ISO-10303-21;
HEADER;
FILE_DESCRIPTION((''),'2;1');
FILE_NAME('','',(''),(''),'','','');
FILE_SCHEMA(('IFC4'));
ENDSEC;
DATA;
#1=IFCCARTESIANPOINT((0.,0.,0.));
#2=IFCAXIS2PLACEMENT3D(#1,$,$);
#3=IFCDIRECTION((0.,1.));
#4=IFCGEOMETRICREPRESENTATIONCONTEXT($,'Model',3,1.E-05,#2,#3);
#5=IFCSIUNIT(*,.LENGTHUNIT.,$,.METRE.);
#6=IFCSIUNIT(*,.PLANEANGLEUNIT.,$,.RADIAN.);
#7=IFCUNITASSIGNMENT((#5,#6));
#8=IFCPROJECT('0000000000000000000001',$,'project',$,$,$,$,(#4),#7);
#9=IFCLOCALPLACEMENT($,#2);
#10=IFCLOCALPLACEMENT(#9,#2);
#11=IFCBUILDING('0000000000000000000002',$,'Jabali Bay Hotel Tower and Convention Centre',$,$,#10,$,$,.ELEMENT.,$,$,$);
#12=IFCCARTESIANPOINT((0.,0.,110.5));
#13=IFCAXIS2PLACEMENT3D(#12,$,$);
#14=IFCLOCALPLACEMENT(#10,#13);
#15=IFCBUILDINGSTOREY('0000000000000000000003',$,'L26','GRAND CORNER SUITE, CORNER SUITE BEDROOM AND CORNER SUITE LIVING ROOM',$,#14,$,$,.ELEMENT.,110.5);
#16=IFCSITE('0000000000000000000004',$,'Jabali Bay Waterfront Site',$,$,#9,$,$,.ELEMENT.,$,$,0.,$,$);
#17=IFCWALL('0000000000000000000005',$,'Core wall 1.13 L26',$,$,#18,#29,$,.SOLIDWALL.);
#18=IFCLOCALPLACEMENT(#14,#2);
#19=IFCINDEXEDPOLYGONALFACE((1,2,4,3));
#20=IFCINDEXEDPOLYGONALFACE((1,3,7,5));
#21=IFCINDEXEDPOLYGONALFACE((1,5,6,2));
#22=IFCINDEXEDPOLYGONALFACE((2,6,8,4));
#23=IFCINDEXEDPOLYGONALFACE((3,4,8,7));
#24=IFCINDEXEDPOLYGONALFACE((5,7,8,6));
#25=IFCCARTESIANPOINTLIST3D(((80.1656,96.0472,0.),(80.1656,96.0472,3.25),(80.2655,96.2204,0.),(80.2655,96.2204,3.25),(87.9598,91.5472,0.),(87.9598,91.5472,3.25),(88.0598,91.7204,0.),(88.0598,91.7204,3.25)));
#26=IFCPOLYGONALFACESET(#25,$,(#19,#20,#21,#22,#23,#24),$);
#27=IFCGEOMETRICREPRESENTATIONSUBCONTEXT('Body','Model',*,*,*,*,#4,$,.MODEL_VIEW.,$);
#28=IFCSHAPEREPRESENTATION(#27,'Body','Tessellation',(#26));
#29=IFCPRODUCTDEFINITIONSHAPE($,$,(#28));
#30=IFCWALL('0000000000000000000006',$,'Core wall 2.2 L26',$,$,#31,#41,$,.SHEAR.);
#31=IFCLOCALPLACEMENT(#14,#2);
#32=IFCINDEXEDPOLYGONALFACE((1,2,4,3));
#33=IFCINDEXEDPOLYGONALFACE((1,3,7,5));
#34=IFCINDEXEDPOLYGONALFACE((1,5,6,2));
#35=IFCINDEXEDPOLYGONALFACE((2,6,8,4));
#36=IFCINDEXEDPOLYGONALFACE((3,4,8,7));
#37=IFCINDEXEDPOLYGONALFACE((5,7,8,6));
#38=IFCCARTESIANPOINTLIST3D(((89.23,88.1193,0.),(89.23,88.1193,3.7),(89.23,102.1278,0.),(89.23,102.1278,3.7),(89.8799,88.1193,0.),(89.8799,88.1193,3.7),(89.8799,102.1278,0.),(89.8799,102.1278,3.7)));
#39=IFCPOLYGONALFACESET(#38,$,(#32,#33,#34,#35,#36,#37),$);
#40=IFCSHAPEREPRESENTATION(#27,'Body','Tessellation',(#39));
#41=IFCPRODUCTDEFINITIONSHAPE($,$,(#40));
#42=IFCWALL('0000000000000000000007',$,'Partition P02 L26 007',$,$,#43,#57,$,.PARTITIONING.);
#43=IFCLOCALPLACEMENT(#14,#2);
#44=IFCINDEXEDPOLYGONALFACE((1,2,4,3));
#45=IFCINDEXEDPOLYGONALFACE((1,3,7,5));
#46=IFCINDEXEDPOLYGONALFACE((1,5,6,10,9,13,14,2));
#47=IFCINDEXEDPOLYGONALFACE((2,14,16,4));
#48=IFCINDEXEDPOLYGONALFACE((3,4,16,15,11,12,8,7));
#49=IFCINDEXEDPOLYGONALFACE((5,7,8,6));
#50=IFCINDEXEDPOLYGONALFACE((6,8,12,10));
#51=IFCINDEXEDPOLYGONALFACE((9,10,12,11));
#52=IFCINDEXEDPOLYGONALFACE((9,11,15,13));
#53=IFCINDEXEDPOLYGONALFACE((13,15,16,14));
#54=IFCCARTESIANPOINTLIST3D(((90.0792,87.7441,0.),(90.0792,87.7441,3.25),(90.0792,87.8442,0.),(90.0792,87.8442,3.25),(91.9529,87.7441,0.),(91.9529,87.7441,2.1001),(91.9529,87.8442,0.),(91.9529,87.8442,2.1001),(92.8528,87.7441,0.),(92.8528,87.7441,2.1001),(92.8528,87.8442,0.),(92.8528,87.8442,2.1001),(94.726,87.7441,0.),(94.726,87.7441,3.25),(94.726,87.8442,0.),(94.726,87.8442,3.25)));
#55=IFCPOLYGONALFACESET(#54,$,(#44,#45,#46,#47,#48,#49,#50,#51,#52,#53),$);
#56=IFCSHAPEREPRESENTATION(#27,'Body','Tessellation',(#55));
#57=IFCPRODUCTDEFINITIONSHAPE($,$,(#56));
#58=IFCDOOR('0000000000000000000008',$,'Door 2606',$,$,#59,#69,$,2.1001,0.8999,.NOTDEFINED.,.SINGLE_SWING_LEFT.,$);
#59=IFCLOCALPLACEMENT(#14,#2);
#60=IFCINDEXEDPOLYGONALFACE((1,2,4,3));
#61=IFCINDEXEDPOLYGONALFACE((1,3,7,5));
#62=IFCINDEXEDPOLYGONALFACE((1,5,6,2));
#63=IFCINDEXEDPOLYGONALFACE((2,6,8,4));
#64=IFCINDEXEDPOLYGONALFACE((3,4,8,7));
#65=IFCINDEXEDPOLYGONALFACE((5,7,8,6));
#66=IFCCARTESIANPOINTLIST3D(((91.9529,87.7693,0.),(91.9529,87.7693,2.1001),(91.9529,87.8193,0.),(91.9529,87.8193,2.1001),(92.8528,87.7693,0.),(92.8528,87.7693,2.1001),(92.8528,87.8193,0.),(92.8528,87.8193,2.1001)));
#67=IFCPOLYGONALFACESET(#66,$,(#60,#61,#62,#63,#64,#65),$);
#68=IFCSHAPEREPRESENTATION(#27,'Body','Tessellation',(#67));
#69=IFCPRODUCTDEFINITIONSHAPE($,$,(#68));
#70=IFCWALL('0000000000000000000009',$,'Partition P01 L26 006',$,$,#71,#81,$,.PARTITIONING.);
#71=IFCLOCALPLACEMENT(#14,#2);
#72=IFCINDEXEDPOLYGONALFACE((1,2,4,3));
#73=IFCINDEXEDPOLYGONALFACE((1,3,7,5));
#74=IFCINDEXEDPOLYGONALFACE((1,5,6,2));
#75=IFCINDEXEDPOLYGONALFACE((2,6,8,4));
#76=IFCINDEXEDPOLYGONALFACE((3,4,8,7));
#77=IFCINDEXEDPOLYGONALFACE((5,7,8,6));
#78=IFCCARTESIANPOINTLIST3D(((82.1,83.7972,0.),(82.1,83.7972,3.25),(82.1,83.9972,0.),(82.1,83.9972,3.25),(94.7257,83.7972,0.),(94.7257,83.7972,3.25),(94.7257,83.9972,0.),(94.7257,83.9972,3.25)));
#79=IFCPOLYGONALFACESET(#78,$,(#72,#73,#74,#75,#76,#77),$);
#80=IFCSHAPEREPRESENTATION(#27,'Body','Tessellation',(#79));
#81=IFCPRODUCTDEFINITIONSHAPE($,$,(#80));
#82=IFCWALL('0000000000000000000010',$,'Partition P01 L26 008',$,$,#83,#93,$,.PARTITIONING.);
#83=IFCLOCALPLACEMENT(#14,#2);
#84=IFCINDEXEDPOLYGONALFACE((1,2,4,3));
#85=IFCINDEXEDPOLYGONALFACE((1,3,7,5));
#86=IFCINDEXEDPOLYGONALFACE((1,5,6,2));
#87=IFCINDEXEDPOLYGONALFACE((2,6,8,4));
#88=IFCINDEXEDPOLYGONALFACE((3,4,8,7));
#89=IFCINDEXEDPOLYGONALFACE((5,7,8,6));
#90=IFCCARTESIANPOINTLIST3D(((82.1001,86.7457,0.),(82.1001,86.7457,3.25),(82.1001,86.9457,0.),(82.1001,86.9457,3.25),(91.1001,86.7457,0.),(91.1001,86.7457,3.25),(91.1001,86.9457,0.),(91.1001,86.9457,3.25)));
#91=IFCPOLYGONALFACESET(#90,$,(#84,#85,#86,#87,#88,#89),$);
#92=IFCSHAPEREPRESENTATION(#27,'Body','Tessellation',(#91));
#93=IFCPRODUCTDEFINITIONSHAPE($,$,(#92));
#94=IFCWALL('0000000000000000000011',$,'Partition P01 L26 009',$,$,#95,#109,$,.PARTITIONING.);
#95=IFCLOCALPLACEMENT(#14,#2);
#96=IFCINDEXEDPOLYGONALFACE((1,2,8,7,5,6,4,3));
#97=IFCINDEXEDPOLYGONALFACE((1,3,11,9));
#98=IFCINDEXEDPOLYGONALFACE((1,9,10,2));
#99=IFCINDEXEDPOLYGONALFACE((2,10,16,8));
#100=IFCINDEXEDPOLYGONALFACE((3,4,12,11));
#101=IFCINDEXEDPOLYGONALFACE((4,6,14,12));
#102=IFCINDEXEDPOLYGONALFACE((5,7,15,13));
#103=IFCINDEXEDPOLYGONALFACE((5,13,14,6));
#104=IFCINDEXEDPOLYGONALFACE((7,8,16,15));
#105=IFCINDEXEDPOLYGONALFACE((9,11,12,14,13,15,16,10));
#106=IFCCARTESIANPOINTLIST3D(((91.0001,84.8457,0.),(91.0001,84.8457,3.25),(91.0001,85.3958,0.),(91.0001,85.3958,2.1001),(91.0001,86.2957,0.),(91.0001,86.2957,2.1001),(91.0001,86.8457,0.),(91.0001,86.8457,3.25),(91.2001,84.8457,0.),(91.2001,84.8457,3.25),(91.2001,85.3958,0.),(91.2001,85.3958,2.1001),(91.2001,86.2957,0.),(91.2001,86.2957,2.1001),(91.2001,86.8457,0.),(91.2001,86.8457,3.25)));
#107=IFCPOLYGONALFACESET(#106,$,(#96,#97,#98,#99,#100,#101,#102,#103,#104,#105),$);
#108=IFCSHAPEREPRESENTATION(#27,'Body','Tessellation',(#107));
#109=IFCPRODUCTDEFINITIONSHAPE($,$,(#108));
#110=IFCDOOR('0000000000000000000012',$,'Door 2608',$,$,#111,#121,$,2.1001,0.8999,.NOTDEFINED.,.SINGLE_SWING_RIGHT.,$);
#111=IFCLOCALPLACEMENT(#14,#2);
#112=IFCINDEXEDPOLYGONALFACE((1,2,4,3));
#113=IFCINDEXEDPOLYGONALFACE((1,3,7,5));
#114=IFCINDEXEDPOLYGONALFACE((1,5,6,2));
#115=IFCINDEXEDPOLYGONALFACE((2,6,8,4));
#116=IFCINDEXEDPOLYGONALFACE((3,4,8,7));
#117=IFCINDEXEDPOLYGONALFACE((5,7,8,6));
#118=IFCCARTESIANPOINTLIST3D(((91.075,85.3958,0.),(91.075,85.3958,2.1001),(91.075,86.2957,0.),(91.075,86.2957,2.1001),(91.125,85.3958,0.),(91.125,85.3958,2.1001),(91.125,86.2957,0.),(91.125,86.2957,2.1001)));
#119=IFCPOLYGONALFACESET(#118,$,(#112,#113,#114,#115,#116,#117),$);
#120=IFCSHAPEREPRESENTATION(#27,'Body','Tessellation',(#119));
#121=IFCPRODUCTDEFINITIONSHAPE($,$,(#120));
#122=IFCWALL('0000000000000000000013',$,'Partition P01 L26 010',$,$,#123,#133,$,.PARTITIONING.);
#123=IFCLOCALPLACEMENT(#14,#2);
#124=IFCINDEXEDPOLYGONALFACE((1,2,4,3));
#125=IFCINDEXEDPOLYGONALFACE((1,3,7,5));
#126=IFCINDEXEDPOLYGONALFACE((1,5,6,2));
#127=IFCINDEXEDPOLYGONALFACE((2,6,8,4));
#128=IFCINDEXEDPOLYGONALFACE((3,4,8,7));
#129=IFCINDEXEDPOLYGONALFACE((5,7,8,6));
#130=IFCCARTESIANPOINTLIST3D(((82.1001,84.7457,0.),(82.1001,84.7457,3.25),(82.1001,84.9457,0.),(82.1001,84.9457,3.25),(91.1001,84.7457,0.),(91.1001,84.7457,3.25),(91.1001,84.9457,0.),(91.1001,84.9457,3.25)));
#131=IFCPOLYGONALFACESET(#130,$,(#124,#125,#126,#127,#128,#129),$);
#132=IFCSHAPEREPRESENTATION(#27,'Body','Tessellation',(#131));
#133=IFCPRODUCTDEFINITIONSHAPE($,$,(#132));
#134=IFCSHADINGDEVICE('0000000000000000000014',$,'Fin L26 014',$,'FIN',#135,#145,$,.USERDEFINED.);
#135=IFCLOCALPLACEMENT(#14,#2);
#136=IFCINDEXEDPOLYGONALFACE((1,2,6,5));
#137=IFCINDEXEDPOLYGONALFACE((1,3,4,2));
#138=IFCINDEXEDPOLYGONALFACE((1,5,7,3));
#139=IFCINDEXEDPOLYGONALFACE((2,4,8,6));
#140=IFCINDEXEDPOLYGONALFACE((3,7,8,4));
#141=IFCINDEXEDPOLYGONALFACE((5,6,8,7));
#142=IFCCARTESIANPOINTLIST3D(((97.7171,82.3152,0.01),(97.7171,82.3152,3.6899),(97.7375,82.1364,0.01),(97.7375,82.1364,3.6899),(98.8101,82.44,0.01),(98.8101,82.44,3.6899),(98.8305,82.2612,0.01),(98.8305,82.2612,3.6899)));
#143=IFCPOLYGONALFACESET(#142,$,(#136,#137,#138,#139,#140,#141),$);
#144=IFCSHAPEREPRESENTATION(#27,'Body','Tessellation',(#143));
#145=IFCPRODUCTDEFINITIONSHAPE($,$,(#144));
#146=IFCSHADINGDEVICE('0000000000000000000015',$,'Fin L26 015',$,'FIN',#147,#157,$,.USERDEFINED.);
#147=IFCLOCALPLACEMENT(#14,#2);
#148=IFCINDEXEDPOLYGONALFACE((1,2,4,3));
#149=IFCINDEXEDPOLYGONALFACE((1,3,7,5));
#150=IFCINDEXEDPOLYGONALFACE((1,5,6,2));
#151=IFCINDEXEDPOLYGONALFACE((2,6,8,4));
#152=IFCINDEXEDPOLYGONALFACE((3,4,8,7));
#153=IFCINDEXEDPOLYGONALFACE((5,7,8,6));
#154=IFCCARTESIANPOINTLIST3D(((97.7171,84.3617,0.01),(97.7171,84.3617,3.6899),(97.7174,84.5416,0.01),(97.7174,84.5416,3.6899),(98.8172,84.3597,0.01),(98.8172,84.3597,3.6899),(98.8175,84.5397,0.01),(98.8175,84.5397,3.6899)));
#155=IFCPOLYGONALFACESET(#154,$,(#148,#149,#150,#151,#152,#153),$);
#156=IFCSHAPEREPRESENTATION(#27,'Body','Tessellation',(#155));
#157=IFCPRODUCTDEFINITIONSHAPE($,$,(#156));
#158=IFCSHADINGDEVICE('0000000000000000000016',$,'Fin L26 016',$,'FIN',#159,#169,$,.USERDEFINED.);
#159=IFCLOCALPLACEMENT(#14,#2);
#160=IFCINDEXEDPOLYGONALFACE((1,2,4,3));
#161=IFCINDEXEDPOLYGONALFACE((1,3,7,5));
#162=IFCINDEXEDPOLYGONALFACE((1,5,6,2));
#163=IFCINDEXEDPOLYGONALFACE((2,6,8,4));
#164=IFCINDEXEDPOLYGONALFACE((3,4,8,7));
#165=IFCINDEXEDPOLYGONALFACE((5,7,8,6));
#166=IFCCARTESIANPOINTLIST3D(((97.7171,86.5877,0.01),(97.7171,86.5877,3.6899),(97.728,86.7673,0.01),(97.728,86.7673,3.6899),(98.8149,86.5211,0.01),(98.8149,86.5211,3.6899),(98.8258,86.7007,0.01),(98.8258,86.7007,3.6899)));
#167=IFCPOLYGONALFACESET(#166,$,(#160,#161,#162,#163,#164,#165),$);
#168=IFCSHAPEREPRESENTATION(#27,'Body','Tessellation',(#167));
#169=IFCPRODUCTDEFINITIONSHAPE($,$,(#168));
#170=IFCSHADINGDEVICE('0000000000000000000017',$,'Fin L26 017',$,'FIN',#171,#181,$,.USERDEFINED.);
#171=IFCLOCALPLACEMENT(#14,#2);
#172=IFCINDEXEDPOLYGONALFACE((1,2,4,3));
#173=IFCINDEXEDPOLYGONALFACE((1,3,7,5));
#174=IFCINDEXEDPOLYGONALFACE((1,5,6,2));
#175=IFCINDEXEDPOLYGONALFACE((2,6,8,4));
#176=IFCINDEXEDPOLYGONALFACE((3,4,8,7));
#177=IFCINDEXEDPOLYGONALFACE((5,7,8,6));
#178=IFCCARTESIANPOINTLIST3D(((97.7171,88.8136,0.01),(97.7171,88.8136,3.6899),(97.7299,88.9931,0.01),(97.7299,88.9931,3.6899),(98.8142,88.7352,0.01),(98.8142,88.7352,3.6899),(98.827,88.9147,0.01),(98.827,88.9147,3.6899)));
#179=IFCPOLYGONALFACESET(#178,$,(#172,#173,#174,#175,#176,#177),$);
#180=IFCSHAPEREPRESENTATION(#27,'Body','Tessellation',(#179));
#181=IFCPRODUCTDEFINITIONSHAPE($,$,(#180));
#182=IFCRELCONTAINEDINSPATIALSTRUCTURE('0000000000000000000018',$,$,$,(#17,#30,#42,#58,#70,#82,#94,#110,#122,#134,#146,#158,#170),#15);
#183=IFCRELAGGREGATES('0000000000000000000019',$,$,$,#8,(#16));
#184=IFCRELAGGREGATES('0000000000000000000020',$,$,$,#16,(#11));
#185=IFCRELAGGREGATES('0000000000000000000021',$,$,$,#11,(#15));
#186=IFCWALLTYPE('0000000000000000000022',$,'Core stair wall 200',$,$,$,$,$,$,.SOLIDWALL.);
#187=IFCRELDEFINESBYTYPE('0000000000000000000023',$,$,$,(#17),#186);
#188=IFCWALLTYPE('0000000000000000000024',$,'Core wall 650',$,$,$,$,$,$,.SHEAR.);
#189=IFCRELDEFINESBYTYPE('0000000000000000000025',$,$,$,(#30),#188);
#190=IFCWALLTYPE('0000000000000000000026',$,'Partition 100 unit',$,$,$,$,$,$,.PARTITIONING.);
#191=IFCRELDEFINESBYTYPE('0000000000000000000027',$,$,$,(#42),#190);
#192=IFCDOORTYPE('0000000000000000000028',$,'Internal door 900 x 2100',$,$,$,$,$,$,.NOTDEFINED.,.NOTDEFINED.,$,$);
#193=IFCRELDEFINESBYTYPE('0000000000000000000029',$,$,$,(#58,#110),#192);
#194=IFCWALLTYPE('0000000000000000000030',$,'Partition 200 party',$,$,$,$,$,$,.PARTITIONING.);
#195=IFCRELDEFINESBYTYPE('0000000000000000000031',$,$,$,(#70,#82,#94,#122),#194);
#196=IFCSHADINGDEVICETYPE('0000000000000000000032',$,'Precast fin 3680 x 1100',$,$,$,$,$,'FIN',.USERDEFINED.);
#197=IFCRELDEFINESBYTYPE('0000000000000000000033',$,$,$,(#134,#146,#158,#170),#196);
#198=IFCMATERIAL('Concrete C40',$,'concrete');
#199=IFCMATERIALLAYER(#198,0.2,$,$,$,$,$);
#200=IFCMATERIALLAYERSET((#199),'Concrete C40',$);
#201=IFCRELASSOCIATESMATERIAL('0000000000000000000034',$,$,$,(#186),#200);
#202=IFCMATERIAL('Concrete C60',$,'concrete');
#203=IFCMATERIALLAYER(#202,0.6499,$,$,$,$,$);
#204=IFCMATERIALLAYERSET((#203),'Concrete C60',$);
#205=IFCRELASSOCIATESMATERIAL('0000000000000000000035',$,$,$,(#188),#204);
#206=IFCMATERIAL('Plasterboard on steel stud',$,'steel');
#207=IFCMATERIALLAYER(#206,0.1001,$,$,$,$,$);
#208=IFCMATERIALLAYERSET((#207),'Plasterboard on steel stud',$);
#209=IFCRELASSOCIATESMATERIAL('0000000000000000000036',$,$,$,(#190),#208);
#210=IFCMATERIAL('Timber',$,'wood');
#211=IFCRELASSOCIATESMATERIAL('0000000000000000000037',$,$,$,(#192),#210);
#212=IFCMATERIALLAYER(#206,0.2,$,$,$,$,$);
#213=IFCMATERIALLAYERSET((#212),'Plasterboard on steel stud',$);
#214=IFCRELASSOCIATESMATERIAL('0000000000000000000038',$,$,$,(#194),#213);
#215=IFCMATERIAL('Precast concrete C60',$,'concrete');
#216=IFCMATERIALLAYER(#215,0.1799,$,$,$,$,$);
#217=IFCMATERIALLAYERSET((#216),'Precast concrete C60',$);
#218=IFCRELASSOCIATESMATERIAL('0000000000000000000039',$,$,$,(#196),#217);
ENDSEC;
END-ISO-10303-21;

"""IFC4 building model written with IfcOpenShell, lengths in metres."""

from ifc_helpers import new_model, si_unit, direction, frame, frame_2d, origin, place, context, subcontext, project, spatial, rectangle, extrude, material, layer, layer_set, type_object, element, fill, save


model = new_model("IFC4")

# Units and contexts
model_context = context("Model", 3, precision=1e-05, world=origin(), true_north=direction((0.0, 1.0)))
body_context = subcontext(model_context, "Body", "Model", "MODEL_VIEW")
ifc_project = project(units=[si_unit("LENGTHUNIT", "METRE"), si_unit("PLANEANGLEUNIT", "RADIAN")], contexts=[model_context])

# Site, building, storey
site_placement = place(None, origin())
site = spatial("IfcSite", under=ifc_project, at=site_placement, Name="Jabali Bay Waterfront Site", CompositionType="ELEMENT", RefElevation=0.0)
building_placement = place(site_placement, origin())
building = spatial("IfcBuilding", under=site, at=building_placement, Name="Jabali Bay Hotel Tower and Convention Centre", CompositionType="ELEMENT")
storey_placement = place(building_placement, frame((0.0, 0.0, 110.5)))
storey = spatial("IfcBuildingStorey", under=building, at=storey_placement, Name="L26", Description="GRAND CORNER SUITE, CORNER SUITE BEDROOM AND CORNER SUITE LIVING ROOM", CompositionType="ELEMENT", Elevation=110.5)

# Shared definitions
ifc_material_1 = material(Name="Concrete C60", Category="concrete")

# Shared definitions
ifc_material_2 = material(Name="Concrete C40", Category="concrete")

# Shared definitions
ifc_layer_1 = layer(ifc_material_2, 0.2)
ifc_layer_set_1 = layer_set([ifc_layer_1], Name="Concrete C40")
wall_type_1 = type_object("IfcWallType", Name="Core stair wall 200", PredefinedType="SOLIDWALL", material=ifc_layer_set_1)

# Walls
wall_1_placement = place(storey_placement, frame((88.0098, 91.6338, 0.0), z_axis=(0.0, 0.0, 1.0), x_axis=(-0.866024, 0.500002, 0.0)))
element("IfcWall", 1, at=wall_1_placement, inside=storey, type_object=wall_type_1, Name="Core wall 1.13 L26", PredefinedType="SOLIDWALL", context=body_context, shape_type="SweptSolid", body=[
    extrude(rectangle(XDim=9.0, YDim=0.2, at=frame_2d((4.5, 0.0))), origin(), (0.0, 0.0, 1.0), 3.25),
])
ifc_layer_2 = layer(ifc_material_1, 0.6499)
ifc_layer_set_2 = layer_set([ifc_layer_2], Name="Concrete C60")
wall_type_2 = type_object("IfcWallType", Name="Core wall 650", PredefinedType="SHEAR", material=ifc_layer_set_2)
wall_2_placement = place(storey_placement, frame((89.5549, 88.1191, 0.0), z_axis=(0.0, 0.0, 1.0), x_axis=(0.0, 1.0, 0.0)))
element("IfcWall", 2, at=wall_2_placement, inside=storey, type_object=wall_type_2, Name="Core wall 2.2 L26", PredefinedType="SHEAR", context=body_context, shape_type="SweptSolid", body=[
    extrude(rectangle(XDim=14.0085, YDim=0.6499, at=frame_2d((7.0044, 0.0))), origin(), (0.0, 0.0, 1.0), 3.7),
])

# Wall, opening, door
ifc_material_3 = material(Name="Plasterboard on steel stud", Category="steel")
ifc_layer_3 = layer(ifc_material_3, 0.1001)
ifc_layer_set_3 = layer_set([ifc_layer_3], Name="Plasterboard on steel stud")
wall_type_3 = type_object("IfcWallType", Name="Partition 100 unit", PredefinedType="PARTITIONING", material=ifc_layer_set_3)
wall_3_placement = place(storey_placement, frame((94.7258, 87.7942, 0.0), z_axis=(0.0, 0.0, 1.0), x_axis=(-1.0, 0.0, 0.0)))
wall_3 = element("IfcWall", 3, at=wall_3_placement, inside=storey, type_object=wall_type_3, Name="Partition P02 L26 007", PredefinedType="PARTITIONING", context=body_context, shape_type="SweptSolid", body=[
    extrude(rectangle(XDim=4.6467, YDim=0.1001, at=frame_2d((2.3232, 0.0))), origin(), (0.0, 0.0, 1.0), 3.25),
])
opening_1_placement = place(wall_3_placement, frame((1.873, 0.0, 0.0)))
opening_1 = element("IfcOpeningElement", 4, at=opening_1_placement, cuts=wall_3, PredefinedType="OPENING", context=body_context, shape_type="SweptSolid", body=[
    extrude(rectangle(XDim=0.8999, YDim=2.1001, at=frame_2d((0.45, 1.05))), frame((0.0, 0.0605, 0.0), z_axis=(0.0, -1.0, 0.0), x_axis=(1.0, 0.0, 0.0)), (0.0, 0.0, 1.0), 0.1211),
])
ifc_material_4 = material(Name="Timber", Category="wood")
door_type_1 = type_object("IfcDoorType", Name="Internal door 900 x 2100", OperationType="NOTDEFINED", PredefinedType="NOTDEFINED", material=ifc_material_4)
door_1_placement = place(opening_1_placement, origin())
door_1 = element("IfcDoor", 5, at=door_1_placement, inside=storey, type_object=door_type_1, Name="Door 2606", OperationType="SINGLE_SWING_LEFT", OverallHeight=2.1001, OverallWidth=0.8999, PredefinedType="NOTDEFINED", context=body_context, shape_type="SweptSolid", body=[
    extrude(rectangle(XDim=0.8999, YDim=2.1001, at=frame_2d((0.45, 1.05))), frame((0.0, 0.0249, 0.0), z_axis=(0.0, -1.0, 0.0), x_axis=(1.0, 0.0, 0.0)), (0.0, 0.0, 1.0), 0.05),
])
fill(opening_1, door_1)

# Walls
ifc_layer_4 = layer(ifc_material_3, 0.2)
ifc_layer_set_4 = layer_set([ifc_layer_4], Name="Plasterboard on steel stud")
wall_type_4 = type_object("IfcWallType", Name="Partition 200 party", PredefinedType="PARTITIONING", material=ifc_layer_set_4)
wall_4_placement = place(storey_placement, frame((94.7258, 83.8972, 0.0), z_axis=(0.0, 0.0, 1.0), x_axis=(-1.0, 0.0, 0.0)))
element("IfcWall", 6, at=wall_4_placement, inside=storey, type_object=wall_type_4, Name="Partition P01 L26 006", PredefinedType="PARTITIONING", context=body_context, shape_type="SweptSolid", body=[
    extrude(rectangle(XDim=12.6257, YDim=0.2, at=frame_2d((6.313, 0.0))), origin(), (0.0, 0.0, 1.0), 3.25),
])
wall_5_placement = place(storey_placement, frame((82.1001, 86.8457, 0.0), z_axis=(0.0, 0.0, 1.0), x_axis=(1.0, 0.0, 0.0)))
element("IfcWall", 7, at=wall_5_placement, inside=storey, type_object=wall_type_4, Name="Partition P01 L26 008", PredefinedType="PARTITIONING", context=body_context, shape_type="SweptSolid", body=[
    extrude(rectangle(XDim=9.0, YDim=0.2, at=frame_2d((4.5, 0.0))), origin(), (0.0, 0.0, 1.0), 3.25),
])

# Wall, opening, door
wall_6_placement = place(storey_placement, frame((91.1001, 86.8457, 0.0), z_axis=(0.0, 0.0, 1.0), x_axis=(0.0, -1.0, 0.0)))
wall_6 = element("IfcWall", 8, at=wall_6_placement, inside=storey, type_object=wall_type_4, Name="Partition P01 L26 009", PredefinedType="PARTITIONING", context=body_context, shape_type="SweptSolid", body=[
    extrude(rectangle(XDim=2.0, YDim=0.2, at=frame_2d((1.0, 0.0))), origin(), (0.0, 0.0, 1.0), 3.25),
])
opening_2_placement = place(wall_6_placement, frame((0.55, 0.0, 0.0)))
opening_2 = element("IfcOpeningElement", 9, at=opening_2_placement, cuts=wall_6, PredefinedType="OPENING", context=body_context, shape_type="SweptSolid", body=[
    extrude(rectangle(XDim=0.8999, YDim=2.1001, at=frame_2d((0.45, 1.05))), frame((0.0, 0.1104, 0.0), z_axis=(0.0, -1.0, 0.0), x_axis=(1.0, 0.0, 0.0)), (0.0, 0.0, 1.0), 0.2209),
])
door_2_placement = place(opening_2_placement, origin())
door_2 = element("IfcDoor", 10, at=door_2_placement, inside=storey, type_object=door_type_1, Name="Door 2608", OperationType="SINGLE_SWING_RIGHT", OverallHeight=2.1001, OverallWidth=0.8999, PredefinedType="NOTDEFINED", context=body_context, shape_type="SweptSolid", body=[
    extrude(rectangle(XDim=0.8999, YDim=2.1001, at=frame_2d((0.45, 1.05))), frame((0.0, 0.0249, 0.0), z_axis=(0.0, -1.0, 0.0), x_axis=(1.0, 0.0, 0.0)), (0.0, 0.0, 1.0), 0.05),
])
fill(opening_2, door_2)

# Wall
wall_7_placement = place(storey_placement, frame((91.1001, 84.8457, 0.0), z_axis=(0.0, 0.0, 1.0), x_axis=(-1.0, 0.0, 0.0)))
element("IfcWall", 11, at=wall_7_placement, inside=storey, type_object=wall_type_4, Name="Partition P01 L26 010", PredefinedType="PARTITIONING", context=body_context, shape_type="SweptSolid", body=[
    extrude(rectangle(XDim=9.0, YDim=0.2, at=frame_2d((4.5, 0.0))), origin(), (0.0, 0.0, 1.0), 3.25),
])

# Shading devices
ifc_material_5 = material(Name="Precast concrete C60", Category="concrete")
ifc_layer_5 = layer(ifc_material_5, 0.1799)
ifc_layer_set_5 = layer_set([ifc_layer_5], Name="Precast concrete C60")
shading_device_type_1 = type_object("IfcShadingDeviceType", Name="Precast fin 3680 x 1100", ElementType="FIN", PredefinedType="USERDEFINED", material=ifc_layer_set_5)
for number, where, z_axis, x_axis, name in (
    (12, (97.7273, 82.2258, 0.01), (0.0, 0.0, 1.0), (0.993549, 0.113403, 0.0), "Fin L26 014"),
    (13, (97.7173, 84.4517, 0.01), (0.0, 0.0, 1.0), (0.999998, -0.001775, 0.0), "Fin L26 015"),
):
    element("IfcShadingDevice", number, at=place(storey_placement, frame(where, z_axis=z_axis, x_axis=x_axis)), inside=storey, type_object=shading_device_type_1, Name=name, ObjectType="FIN", PredefinedType="USERDEFINED", context=body_context, shape_type="SweptSolid", body=[
        extrude(rectangle(XDim=1.1001, YDim=0.1799, at=frame_2d((0.55, 0.0))), origin(), (0.0, 0.0, 1.0), 3.6799),
    ])
for number, where, z_axis, x_axis, name in (
    (14, (97.7227, 86.6775, 0.01), (0.0, 0.0, 1.0), (0.998162, -0.060596, 0.0), "Fin L26 016"),
    (15, (97.7236, 88.9033, 0.01), (0.0, 0.0, 1.0), (0.997459, -0.071247, 0.0), "Fin L26 017"),
):
    element("IfcShadingDevice", number, at=place(storey_placement, frame(where, z_axis=z_axis, x_axis=x_axis)), inside=storey, type_object=shading_device_type_1, Name=name, ObjectType="FIN", PredefinedType="USERDEFINED", context=body_context, shape_type="SweptSolid", body=[
        extrude(rectangle(XDim=1.0999, YDim=0.1799, at=frame_2d((0.5498, 0.0))), origin(), (0.0, 0.0, 1.0), 3.6799),
    ])

save(model, "model.ifc")
